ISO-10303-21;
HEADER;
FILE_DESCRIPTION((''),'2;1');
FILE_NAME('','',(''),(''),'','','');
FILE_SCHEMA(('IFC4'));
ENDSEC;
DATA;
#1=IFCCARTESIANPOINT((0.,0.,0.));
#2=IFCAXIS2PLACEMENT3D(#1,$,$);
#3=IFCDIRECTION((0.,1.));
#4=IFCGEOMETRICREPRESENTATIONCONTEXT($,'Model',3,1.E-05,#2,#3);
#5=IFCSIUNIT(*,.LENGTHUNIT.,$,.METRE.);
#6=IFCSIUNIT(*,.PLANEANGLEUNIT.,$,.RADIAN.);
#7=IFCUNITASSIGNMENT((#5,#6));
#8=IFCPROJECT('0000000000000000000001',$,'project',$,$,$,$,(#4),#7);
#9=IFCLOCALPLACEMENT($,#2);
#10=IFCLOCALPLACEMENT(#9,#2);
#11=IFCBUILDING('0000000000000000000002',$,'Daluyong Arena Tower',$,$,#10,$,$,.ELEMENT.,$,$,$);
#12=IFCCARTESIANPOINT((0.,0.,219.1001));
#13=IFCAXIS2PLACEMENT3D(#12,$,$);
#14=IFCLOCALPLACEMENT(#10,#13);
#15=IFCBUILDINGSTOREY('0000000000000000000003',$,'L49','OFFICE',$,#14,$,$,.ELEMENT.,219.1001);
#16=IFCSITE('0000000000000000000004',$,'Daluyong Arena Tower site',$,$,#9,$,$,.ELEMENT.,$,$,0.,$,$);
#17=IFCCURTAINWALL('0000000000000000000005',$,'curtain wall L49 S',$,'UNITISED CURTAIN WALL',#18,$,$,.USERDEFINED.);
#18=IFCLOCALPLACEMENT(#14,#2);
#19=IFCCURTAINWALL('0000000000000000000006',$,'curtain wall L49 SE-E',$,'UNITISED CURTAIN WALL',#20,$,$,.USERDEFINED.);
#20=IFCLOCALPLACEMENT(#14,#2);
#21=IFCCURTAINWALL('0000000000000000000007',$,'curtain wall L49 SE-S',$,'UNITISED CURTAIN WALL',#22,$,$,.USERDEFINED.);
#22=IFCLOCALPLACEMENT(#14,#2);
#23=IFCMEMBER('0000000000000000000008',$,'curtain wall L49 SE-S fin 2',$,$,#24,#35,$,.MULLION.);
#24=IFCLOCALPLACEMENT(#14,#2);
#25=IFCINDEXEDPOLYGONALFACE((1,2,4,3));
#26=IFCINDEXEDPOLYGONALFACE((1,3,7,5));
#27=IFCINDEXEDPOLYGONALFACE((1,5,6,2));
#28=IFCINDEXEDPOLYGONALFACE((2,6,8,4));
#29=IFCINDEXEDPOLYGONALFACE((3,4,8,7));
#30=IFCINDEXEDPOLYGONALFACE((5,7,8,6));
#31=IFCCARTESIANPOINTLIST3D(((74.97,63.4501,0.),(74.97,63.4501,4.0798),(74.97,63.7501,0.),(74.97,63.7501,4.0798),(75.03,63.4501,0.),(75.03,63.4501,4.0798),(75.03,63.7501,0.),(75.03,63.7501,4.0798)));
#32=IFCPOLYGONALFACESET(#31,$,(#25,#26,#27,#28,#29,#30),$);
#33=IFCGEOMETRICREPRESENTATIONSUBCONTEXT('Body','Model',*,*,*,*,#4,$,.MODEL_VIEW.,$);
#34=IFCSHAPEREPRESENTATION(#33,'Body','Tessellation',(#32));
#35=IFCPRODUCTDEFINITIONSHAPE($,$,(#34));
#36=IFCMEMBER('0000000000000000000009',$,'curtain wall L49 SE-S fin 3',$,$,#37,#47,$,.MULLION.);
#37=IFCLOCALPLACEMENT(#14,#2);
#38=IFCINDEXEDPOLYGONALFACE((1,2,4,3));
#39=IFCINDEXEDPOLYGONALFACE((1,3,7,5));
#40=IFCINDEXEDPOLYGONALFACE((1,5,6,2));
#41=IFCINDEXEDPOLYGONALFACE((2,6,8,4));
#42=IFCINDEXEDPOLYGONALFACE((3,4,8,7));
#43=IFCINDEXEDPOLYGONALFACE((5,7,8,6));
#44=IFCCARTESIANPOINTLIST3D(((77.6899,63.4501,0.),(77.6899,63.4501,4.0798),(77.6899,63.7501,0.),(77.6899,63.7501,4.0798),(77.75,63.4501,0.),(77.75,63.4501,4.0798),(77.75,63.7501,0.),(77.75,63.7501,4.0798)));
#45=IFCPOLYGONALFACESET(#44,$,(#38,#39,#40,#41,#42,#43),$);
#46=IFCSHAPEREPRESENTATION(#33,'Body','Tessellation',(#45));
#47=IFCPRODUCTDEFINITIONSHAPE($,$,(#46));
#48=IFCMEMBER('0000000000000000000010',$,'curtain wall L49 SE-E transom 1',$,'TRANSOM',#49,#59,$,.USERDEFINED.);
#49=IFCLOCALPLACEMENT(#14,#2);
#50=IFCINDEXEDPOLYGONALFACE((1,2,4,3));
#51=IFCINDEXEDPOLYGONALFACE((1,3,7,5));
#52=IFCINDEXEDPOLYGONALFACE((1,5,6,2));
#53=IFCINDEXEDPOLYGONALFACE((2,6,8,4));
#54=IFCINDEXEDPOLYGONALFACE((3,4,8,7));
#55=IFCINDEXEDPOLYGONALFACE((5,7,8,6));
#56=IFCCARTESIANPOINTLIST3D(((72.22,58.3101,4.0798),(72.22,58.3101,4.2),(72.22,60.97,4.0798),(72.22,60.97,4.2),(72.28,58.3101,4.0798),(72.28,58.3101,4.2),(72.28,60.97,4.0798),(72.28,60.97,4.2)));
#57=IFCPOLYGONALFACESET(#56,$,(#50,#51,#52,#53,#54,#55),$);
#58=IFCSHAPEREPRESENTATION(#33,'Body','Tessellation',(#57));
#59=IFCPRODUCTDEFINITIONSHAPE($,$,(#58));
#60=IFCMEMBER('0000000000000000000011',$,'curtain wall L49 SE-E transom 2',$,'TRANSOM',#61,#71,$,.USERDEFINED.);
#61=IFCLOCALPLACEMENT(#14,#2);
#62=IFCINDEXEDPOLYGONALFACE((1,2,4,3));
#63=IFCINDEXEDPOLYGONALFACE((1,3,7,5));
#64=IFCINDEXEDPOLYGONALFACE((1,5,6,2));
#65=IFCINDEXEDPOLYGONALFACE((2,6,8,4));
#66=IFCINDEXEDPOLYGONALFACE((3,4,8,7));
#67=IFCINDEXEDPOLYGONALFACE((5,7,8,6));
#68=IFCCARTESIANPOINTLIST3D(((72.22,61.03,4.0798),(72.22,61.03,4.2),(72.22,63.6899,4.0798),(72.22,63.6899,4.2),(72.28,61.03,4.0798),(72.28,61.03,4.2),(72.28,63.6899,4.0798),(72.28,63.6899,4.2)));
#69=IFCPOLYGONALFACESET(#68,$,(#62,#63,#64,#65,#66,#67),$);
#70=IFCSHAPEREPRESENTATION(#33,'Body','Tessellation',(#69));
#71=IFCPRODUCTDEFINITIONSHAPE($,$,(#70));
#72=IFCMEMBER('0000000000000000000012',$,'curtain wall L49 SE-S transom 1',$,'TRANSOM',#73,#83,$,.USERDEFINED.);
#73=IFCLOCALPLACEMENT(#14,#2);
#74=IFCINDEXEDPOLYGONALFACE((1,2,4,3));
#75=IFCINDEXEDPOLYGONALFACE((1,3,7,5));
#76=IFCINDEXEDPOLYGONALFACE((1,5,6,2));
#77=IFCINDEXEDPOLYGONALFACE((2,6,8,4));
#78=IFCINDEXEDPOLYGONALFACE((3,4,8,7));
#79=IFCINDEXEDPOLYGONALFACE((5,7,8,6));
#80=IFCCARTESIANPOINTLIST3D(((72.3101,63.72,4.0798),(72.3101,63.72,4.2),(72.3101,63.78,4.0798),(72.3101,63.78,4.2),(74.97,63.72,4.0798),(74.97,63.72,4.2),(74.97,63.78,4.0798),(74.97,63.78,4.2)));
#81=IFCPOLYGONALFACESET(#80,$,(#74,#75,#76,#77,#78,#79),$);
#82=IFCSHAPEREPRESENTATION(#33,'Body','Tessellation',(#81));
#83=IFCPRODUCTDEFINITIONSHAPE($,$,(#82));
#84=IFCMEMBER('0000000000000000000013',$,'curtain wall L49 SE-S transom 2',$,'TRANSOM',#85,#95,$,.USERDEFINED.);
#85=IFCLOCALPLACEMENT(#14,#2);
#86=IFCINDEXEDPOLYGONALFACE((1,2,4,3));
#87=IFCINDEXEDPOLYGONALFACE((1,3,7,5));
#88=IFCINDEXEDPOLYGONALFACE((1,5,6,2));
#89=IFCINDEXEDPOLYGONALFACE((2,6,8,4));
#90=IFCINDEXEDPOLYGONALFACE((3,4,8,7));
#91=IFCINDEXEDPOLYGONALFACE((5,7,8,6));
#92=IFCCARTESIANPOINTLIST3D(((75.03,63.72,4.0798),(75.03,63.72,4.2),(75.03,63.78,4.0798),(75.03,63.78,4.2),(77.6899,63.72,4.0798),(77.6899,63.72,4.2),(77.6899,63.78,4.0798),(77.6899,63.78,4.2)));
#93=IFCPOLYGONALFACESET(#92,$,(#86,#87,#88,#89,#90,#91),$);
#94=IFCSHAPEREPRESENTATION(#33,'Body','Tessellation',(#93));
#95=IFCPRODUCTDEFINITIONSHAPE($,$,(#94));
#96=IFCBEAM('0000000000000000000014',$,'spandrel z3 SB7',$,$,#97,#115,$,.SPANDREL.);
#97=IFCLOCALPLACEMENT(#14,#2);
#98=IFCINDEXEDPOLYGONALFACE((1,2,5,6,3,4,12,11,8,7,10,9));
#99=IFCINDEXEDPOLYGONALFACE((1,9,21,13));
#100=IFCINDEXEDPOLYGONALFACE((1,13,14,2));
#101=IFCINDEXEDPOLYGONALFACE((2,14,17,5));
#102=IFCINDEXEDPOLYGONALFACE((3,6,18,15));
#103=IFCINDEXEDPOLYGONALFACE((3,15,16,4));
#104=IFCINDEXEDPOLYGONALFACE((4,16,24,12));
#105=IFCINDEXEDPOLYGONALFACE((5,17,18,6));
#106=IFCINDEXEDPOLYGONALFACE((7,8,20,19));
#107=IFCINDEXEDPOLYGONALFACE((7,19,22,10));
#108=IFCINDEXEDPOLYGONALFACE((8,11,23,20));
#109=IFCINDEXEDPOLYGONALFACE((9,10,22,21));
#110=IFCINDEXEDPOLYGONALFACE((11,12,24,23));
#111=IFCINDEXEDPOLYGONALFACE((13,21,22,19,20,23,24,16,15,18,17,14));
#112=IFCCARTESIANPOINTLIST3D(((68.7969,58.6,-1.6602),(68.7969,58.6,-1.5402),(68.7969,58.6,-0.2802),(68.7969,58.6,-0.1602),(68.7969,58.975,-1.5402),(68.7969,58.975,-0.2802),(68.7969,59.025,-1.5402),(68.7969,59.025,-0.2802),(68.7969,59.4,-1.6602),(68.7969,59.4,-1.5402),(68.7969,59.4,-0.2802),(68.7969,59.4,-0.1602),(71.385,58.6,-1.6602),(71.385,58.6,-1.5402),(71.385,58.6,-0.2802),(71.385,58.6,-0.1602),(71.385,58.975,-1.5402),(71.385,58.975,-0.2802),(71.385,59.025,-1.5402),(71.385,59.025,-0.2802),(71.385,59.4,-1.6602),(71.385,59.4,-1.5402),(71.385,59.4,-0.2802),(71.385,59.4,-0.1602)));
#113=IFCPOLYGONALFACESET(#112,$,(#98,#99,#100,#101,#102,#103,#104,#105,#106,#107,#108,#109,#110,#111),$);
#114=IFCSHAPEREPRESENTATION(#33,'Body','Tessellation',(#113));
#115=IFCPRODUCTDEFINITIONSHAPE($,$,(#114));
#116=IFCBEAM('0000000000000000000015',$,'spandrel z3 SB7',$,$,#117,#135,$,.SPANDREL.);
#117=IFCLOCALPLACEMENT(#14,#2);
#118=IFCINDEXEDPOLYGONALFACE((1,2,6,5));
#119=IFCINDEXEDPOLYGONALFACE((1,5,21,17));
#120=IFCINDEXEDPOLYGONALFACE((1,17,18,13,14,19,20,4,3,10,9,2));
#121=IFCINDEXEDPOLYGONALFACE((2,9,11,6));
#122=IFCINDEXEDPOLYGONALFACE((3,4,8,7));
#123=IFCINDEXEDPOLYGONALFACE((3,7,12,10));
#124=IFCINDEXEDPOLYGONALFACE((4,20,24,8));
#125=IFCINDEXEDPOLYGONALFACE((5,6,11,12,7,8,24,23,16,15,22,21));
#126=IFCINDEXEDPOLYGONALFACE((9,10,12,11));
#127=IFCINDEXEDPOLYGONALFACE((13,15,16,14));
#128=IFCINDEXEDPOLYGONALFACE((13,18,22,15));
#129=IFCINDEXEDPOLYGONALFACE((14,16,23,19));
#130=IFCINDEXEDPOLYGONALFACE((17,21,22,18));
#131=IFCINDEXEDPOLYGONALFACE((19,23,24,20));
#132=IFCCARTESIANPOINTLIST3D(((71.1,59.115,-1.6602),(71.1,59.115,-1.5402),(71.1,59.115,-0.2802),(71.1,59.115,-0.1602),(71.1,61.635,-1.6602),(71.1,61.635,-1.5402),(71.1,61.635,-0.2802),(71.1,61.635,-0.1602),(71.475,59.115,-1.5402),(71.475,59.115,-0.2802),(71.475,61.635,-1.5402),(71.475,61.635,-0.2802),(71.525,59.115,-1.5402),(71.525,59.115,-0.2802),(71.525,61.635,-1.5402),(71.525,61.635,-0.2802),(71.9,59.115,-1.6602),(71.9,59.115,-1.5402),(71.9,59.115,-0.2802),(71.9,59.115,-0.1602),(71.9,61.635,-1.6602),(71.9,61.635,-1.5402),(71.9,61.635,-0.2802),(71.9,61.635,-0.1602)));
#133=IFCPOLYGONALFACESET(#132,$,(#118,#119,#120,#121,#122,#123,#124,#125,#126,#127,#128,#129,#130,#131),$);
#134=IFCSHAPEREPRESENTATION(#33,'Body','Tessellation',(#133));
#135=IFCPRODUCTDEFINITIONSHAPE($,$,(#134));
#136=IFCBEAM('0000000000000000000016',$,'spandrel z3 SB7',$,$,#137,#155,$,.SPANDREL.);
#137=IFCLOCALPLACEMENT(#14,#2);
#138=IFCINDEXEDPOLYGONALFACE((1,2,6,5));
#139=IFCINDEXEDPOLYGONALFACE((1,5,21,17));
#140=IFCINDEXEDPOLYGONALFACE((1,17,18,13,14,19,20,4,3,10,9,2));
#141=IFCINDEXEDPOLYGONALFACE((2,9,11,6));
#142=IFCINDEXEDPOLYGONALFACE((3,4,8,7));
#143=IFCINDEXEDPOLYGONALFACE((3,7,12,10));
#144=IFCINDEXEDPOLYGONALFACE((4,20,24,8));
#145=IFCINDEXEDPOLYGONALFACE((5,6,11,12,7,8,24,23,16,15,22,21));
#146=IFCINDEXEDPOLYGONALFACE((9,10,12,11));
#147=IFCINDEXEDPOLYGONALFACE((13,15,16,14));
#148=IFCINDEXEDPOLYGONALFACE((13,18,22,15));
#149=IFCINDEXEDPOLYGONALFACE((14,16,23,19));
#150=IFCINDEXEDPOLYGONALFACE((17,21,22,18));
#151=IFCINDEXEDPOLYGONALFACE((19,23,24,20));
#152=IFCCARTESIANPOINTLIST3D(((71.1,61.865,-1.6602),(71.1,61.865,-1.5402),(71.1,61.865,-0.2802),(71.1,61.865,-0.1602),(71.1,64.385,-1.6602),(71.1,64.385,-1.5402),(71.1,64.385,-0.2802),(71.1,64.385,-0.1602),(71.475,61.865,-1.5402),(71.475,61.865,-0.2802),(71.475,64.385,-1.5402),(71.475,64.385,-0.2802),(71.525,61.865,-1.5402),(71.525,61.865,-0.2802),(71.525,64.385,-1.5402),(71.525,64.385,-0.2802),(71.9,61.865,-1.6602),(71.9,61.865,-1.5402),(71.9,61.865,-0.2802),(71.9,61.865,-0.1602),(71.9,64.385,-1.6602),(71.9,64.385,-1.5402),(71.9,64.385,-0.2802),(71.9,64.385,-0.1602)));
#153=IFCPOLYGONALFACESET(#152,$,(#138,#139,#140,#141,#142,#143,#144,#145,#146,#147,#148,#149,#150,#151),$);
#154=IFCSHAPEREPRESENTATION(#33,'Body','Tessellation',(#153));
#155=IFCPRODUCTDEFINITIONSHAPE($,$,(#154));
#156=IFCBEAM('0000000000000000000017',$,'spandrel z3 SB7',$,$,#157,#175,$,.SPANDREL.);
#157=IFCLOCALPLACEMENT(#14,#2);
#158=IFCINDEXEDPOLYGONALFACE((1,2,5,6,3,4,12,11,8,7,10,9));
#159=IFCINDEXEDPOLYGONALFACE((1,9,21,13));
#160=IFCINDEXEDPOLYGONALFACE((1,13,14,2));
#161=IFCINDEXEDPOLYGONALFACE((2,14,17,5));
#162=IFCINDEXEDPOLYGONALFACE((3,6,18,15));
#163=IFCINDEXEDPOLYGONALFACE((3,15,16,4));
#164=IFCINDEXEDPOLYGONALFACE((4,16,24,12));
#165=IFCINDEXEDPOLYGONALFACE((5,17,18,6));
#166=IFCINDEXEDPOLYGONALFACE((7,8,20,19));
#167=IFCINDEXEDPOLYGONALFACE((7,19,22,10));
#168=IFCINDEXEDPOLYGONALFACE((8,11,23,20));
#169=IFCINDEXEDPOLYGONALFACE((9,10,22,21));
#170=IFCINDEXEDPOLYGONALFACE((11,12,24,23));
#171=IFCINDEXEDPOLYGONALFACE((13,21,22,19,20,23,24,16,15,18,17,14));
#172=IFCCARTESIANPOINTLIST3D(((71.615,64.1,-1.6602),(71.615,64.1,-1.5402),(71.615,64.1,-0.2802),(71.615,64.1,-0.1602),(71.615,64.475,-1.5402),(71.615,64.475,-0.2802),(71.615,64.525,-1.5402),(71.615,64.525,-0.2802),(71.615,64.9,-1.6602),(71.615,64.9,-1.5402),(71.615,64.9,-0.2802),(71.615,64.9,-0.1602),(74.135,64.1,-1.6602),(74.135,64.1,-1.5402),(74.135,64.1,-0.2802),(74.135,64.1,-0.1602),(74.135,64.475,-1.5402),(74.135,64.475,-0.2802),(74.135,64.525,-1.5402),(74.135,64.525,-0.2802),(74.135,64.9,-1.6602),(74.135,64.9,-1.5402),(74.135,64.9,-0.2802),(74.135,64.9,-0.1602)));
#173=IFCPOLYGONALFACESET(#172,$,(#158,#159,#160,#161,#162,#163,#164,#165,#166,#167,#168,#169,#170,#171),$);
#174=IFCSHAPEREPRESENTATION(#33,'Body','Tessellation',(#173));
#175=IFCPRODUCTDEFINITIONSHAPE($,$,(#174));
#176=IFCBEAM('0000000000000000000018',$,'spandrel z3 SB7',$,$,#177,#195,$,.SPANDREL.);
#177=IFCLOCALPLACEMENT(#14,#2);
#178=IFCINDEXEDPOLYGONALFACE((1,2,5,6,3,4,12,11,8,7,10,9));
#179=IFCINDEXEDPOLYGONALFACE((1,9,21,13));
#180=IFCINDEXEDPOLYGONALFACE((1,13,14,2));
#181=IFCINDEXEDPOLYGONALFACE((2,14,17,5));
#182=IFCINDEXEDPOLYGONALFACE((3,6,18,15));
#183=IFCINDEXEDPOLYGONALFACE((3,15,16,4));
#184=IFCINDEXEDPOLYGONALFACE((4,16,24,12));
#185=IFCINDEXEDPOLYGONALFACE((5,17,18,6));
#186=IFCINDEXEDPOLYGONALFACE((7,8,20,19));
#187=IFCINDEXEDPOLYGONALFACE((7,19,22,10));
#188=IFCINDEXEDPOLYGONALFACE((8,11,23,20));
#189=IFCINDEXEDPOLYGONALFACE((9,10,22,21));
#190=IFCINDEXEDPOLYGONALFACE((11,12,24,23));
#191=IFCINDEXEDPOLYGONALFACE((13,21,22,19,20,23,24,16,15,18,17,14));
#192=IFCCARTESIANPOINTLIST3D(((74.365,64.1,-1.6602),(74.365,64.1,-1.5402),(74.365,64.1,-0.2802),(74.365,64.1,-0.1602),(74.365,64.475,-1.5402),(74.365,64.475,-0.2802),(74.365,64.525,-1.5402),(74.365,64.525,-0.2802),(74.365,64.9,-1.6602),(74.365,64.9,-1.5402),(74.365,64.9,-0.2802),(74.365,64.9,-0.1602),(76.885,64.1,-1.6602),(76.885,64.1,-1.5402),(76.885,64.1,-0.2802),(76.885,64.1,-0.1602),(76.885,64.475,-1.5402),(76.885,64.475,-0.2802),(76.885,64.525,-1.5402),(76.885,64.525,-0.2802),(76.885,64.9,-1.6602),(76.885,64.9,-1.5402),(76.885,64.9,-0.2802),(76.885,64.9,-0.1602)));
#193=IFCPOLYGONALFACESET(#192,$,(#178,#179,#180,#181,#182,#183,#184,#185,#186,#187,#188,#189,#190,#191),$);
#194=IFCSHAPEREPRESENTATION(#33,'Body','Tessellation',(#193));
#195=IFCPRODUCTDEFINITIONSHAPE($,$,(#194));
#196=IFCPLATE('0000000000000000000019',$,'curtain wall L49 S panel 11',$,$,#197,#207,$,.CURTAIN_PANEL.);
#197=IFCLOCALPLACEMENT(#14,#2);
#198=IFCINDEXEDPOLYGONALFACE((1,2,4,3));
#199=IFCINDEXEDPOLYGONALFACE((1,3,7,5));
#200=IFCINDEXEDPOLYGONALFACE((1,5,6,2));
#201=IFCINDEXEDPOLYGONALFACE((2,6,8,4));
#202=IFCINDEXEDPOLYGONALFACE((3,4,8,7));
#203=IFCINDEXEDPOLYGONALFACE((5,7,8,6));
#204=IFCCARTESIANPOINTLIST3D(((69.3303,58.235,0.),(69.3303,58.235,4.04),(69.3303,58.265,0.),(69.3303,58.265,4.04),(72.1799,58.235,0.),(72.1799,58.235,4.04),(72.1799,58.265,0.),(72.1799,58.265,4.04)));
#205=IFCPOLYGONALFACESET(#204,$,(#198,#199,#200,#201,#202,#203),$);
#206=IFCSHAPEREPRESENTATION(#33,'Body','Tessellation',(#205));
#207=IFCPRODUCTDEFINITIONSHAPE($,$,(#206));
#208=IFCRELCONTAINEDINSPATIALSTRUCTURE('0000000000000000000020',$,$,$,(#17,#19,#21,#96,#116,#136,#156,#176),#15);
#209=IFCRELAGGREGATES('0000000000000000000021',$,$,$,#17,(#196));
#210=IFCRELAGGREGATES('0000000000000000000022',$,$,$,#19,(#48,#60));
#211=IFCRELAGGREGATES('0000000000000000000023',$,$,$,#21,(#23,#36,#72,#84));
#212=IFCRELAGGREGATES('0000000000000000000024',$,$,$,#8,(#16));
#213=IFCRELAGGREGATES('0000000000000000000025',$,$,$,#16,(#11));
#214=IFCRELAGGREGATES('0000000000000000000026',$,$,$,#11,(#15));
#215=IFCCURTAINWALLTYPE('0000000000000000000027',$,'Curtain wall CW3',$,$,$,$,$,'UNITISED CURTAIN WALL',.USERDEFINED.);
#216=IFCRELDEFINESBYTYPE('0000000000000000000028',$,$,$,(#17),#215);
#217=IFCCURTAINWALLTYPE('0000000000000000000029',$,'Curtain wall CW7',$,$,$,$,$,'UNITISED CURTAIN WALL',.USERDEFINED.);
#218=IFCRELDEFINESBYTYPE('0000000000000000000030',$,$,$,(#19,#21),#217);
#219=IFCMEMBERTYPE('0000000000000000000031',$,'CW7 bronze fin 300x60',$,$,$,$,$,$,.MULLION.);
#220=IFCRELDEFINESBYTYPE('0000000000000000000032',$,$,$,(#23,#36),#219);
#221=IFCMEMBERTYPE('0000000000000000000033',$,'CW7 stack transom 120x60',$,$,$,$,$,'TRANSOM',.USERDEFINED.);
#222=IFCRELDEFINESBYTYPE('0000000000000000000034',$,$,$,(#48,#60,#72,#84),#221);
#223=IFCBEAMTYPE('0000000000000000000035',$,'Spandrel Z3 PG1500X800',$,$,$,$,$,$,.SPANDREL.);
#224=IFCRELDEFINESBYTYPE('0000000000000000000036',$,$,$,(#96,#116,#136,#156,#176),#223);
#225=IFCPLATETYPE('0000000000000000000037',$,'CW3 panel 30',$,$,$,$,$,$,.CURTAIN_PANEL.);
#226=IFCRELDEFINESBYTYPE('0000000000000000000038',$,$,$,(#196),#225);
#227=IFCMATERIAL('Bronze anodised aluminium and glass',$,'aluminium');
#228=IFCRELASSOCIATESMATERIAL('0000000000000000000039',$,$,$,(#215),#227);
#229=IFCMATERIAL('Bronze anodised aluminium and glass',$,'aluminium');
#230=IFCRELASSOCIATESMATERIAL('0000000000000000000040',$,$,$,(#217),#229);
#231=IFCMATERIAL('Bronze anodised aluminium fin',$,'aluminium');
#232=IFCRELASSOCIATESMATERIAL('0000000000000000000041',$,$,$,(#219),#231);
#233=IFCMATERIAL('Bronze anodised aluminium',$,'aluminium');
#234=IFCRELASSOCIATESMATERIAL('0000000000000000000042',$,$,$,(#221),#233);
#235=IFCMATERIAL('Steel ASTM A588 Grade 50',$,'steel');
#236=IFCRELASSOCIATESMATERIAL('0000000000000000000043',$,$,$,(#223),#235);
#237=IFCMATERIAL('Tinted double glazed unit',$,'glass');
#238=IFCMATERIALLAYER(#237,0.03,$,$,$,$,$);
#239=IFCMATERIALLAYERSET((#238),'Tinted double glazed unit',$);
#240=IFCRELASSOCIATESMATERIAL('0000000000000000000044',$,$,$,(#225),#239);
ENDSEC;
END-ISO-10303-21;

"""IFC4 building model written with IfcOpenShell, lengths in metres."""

from ifc_helpers import new_model, si_unit, direction, frame, origin, origin_2d, place, context, subcontext, project, spatial, rectangle, i_section, extrude, material, layer, layer_set, material_profile, profile_set, type_object, element, aggregate, save


model = new_model("IFC4")

# Units and contexts
model_context = context("Model", 3, precision=1e-05, world=origin(), true_north=direction((0.0, 1.0)))
body_context = subcontext(model_context, "Body", "Model", "MODEL_VIEW")
ifc_project = project(units=[si_unit("LENGTHUNIT", "METRE"), si_unit("PLANEANGLEUNIT", "RADIAN")], contexts=[model_context])

# Site, building, storey
site_placement = place(None, origin())
site = spatial("IfcSite", under=ifc_project, at=site_placement, Name="Daluyong Arena Tower site", CompositionType="ELEMENT", RefElevation=0.0)
building_placement = place(site_placement, origin())
building = spatial("IfcBuilding", under=site, at=building_placement, Name="Daluyong Arena Tower", CompositionType="ELEMENT")
storey_placement = place(building_placement, frame((0.0, 0.0, 219.1001)))
storey = spatial("IfcBuildingStorey", under=building, at=storey_placement, Name="L49", Description="OFFICE", CompositionType="ELEMENT", Elevation=219.1001)

# Curtain wall
ifc_material_1 = material(Name="Bronze anodised aluminium and glass", Category="aluminium")
curtain_wall_type_1 = type_object("IfcCurtainWallType", Name="Curtain wall CW3", ElementType="UNITISED CURTAIN WALL", PredefinedType="USERDEFINED", material=ifc_material_1)
curtain_wall_1_placement = place(storey_placement, origin())
curtain_wall_1 = element("IfcCurtainWall", 1, at=curtain_wall_1_placement, inside=storey, type_object=curtain_wall_type_1, Name="curtain wall L49 S", ObjectType="UNITISED CURTAIN WALL", PredefinedType="USERDEFINED")

# Curtain walls, members
ifc_material_2 = material(Name="Bronze anodised aluminium and glass", Category="aluminium")
curtain_wall_type_2 = type_object("IfcCurtainWallType", Name="Curtain wall CW7", ElementType="UNITISED CURTAIN WALL", PredefinedType="USERDEFINED", material=ifc_material_2)
curtain_wall_2_placement = place(storey_placement, origin())
curtain_wall_2 = element("IfcCurtainWall", 2, at=curtain_wall_2_placement, inside=storey, type_object=curtain_wall_type_2, Name="curtain wall L49 SE-E", ObjectType="UNITISED CURTAIN WALL", PredefinedType="USERDEFINED")
ifc_material_3 = material(Name="Bronze anodised aluminium fin", Category="aluminium")
ifc_material_profile_1 = material_profile(ifc_material_3, rectangle(XDim=0.3, YDim=0.0601, at=origin_2d()))
ifc_profile_set_1 = profile_set([ifc_material_profile_1], Name="Bronze anodised aluminium fin")
member_type_1 = type_object("IfcMemberType", Name="CW7 bronze fin 300x60", PredefinedType="MULLION", material=ifc_profile_set_1)
curtain_wall_3_placement = place(storey_placement, origin())
curtain_wall_3 = element("IfcCurtainWall", 3, at=curtain_wall_3_placement, inside=storey, type_object=curtain_wall_type_2, Name="curtain wall L49 SE-S", ObjectType="UNITISED CURTAIN WALL", PredefinedType="USERDEFINED")
member_1_placement = place(storey_placement, frame((75.0, 63.6001, 0.0), z_axis=(0.0, 0.0, 1.0), x_axis=(0.0, 1.0, 0.0)))
member_1 = element("IfcMember", 4, at=member_1_placement, type_object=member_type_1, Name="curtain wall L49 SE-S fin 2", PredefinedType="MULLION", context=body_context, shape_type="SweptSolid", body=[
    extrude(rectangle(XDim=0.3, YDim=0.0601, at=origin_2d()), origin(), (0.0, 0.0, 1.0), 4.0798),
])
member_2_placement = place(storey_placement, frame((77.72, 63.6001, 0.0), z_axis=(0.0, 0.0, 1.0), x_axis=(0.0, 1.0, 0.0)))
member_2 = element("IfcMember", 5, at=member_2_placement, type_object=member_type_1, Name="curtain wall L49 SE-S fin 3", PredefinedType="MULLION", context=body_context, shape_type="SweptSolid", body=[
    extrude(rectangle(XDim=0.3, YDim=0.0601, at=origin_2d()), origin(), (0.0, 0.0, 1.0), 4.0798),
])

# Members
ifc_material_4 = material(Name="Bronze anodised aluminium", Category="aluminium")
ifc_material_profile_2 = material_profile(ifc_material_4, rectangle(XDim=0.0601, YDim=0.1201, at=origin_2d()))
ifc_profile_set_2 = profile_set([ifc_material_profile_2], Name="Bronze anodised aluminium")
member_type_2 = type_object("IfcMemberType", Name="CW7 stack transom 120x60", ElementType="TRANSOM", PredefinedType="USERDEFINED", material=ifc_profile_set_2)
member_3_placement = place(storey_placement, frame((72.25, 58.3101, 4.1399), z_axis=(0.0, 1.0, 0.0), x_axis=(-1.0, 0.0, 0.0)))
member_3 = element("IfcMember", 6, at=member_3_placement, type_object=member_type_2, Name="curtain wall L49 SE-E transom 1", ObjectType="TRANSOM", PredefinedType="USERDEFINED", context=body_context, shape_type="SweptSolid", body=[
    extrude(rectangle(XDim=0.0601, YDim=0.1201, at=origin_2d()), origin(), (0.0, 0.0, 1.0), 2.6599),
])
member_4_placement = place(storey_placement, frame((72.25, 61.03, 4.1399), z_axis=(0.0, 1.0, 0.0), x_axis=(-1.0, 0.0, 0.0)))
member_4 = element("IfcMember", 7, at=member_4_placement, type_object=member_type_2, Name="curtain wall L49 SE-E transom 2", ObjectType="TRANSOM", PredefinedType="USERDEFINED", context=body_context, shape_type="SweptSolid", body=[
    extrude(rectangle(XDim=0.0601, YDim=0.1201, at=origin_2d()), origin(), (0.0, 0.0, 1.0), 2.6599),
])
member_5_placement = place(storey_placement, frame((72.3101, 63.75, 4.1399), z_axis=(1.0, 0.0, 0.0), x_axis=(0.0, 1.0, 0.0)))
member_5 = element("IfcMember", 8, at=member_5_placement, type_object=member_type_2, Name="curtain wall L49 SE-S transom 1", ObjectType="TRANSOM", PredefinedType="USERDEFINED", context=body_context, shape_type="SweptSolid", body=[
    extrude(rectangle(XDim=0.0601, YDim=0.1201, at=origin_2d()), origin(), (0.0, 0.0, 1.0), 2.6599),
])
member_6_placement = place(storey_placement, frame((75.03, 63.75, 4.1399), z_axis=(1.0, 0.0, 0.0), x_axis=(0.0, 1.0, 0.0)))
member_6 = element("IfcMember", 9, at=member_6_placement, type_object=member_type_2, Name="curtain wall L49 SE-S transom 2", ObjectType="TRANSOM", PredefinedType="USERDEFINED", context=body_context, shape_type="SweptSolid", body=[
    extrude(rectangle(XDim=0.0601, YDim=0.1201, at=origin_2d()), origin(), (0.0, 0.0, 1.0), 2.6599),
])

# Beams
ifc_material_5 = material(Name="Steel ASTM A588 Grade 50", Category="steel")
ifc_material_profile_3 = material_profile(ifc_material_5, i_section(OverallWidth=0.8, OverallDepth=1.5, WebThickness=0.05, FlangeThickness=0.12, at=origin_2d()))
ifc_profile_set_3 = profile_set([ifc_material_profile_3], Name="Steel ASTM A588 Grade 50")
beam_type = type_object("IfcBeamType", Name="Spandrel Z3 PG1500X800", PredefinedType="SPANDREL", material=ifc_profile_set_3)
beam_placement = place(storey_placement, frame((68.7969, 59.0, -0.9102), z_axis=(1.0, 0.0, 0.0), x_axis=(0.0, 1.0, 0.0)))
element("IfcBeam", 10, at=beam_placement, inside=storey, type_object=beam_type, Name="spandrel z3 SB7", PredefinedType="SPANDREL", context=body_context, shape_type="SweptSolid", body=[
    extrude(i_section(OverallWidth=0.8, OverallDepth=1.5, WebThickness=0.05, FlangeThickness=0.12, at=origin_2d()), origin(), (0.0, 0.0, 1.0), 2.5881),
])
for number, where, z_axis, x_axis, name in (
    (11, (71.5, 59.115, -0.9102), (0.0, 1.0, 0.0), (-1.0, 0.0, 0.0), "spandrel z3 SB7"),
    (12, (71.5, 61.865, -0.9102), (0.0, 1.0, 0.0), (-1.0, 0.0, 0.0), "spandrel z3 SB7"),
    (13, (71.615, 64.5, -0.9102), (1.0, 0.0, 0.0), (0.0, 1.0, 0.0), "spandrel z3 SB7"),
    (14, (74.365, 64.5, -0.9102), (1.0, 0.0, 0.0), (0.0, 1.0, 0.0), "spandrel z3 SB7"),
):
    element("IfcBeam", number, at=place(storey_placement, frame(where, z_axis=z_axis, x_axis=x_axis)), inside=storey, type_object=beam_type, Name=name, PredefinedType="SPANDREL", context=body_context, shape_type="SweptSolid", body=[
        extrude(i_section(OverallWidth=0.8, OverallDepth=1.5, WebThickness=0.05, FlangeThickness=0.12, at=origin_2d()), origin(), (0.0, 0.0, 1.0), 2.52),
    ])

# Plate
ifc_material_6 = material(Name="Tinted double glazed unit", Category="glass")
ifc_layer_1 = layer(ifc_material_6, 0.03)
ifc_layer_set_1 = layer_set([ifc_layer_1], Name="Tinted double glazed unit")
plate_type_1 = type_object("IfcPlateType", Name="CW3 panel 30", PredefinedType="CURTAIN_PANEL", material=ifc_layer_set_1)
plate_1_placement = place(storey_placement, frame((70.7551, 58.25, 0.0), z_axis=(0.0, 0.0, 1.0), x_axis=(1.0, 0.0, 0.0)))
plate_1 = element("IfcPlate", 15, at=plate_1_placement, type_object=plate_type_1, Name="curtain wall L49 S panel 11", PredefinedType="CURTAIN_PANEL", context=body_context, shape_type="SweptSolid", body=[
    extrude(rectangle(XDim=2.8496, YDim=0.03, at=origin_2d()), origin(), (0.0, 0.0, 1.0), 4.04),
])
aggregate(curtain_wall_1, [plate_1])
aggregate(curtain_wall_2, [member_3, member_4])
aggregate(curtain_wall_3, [member_1, member_2, member_5, member_6])

save(model, "model.ifc")
